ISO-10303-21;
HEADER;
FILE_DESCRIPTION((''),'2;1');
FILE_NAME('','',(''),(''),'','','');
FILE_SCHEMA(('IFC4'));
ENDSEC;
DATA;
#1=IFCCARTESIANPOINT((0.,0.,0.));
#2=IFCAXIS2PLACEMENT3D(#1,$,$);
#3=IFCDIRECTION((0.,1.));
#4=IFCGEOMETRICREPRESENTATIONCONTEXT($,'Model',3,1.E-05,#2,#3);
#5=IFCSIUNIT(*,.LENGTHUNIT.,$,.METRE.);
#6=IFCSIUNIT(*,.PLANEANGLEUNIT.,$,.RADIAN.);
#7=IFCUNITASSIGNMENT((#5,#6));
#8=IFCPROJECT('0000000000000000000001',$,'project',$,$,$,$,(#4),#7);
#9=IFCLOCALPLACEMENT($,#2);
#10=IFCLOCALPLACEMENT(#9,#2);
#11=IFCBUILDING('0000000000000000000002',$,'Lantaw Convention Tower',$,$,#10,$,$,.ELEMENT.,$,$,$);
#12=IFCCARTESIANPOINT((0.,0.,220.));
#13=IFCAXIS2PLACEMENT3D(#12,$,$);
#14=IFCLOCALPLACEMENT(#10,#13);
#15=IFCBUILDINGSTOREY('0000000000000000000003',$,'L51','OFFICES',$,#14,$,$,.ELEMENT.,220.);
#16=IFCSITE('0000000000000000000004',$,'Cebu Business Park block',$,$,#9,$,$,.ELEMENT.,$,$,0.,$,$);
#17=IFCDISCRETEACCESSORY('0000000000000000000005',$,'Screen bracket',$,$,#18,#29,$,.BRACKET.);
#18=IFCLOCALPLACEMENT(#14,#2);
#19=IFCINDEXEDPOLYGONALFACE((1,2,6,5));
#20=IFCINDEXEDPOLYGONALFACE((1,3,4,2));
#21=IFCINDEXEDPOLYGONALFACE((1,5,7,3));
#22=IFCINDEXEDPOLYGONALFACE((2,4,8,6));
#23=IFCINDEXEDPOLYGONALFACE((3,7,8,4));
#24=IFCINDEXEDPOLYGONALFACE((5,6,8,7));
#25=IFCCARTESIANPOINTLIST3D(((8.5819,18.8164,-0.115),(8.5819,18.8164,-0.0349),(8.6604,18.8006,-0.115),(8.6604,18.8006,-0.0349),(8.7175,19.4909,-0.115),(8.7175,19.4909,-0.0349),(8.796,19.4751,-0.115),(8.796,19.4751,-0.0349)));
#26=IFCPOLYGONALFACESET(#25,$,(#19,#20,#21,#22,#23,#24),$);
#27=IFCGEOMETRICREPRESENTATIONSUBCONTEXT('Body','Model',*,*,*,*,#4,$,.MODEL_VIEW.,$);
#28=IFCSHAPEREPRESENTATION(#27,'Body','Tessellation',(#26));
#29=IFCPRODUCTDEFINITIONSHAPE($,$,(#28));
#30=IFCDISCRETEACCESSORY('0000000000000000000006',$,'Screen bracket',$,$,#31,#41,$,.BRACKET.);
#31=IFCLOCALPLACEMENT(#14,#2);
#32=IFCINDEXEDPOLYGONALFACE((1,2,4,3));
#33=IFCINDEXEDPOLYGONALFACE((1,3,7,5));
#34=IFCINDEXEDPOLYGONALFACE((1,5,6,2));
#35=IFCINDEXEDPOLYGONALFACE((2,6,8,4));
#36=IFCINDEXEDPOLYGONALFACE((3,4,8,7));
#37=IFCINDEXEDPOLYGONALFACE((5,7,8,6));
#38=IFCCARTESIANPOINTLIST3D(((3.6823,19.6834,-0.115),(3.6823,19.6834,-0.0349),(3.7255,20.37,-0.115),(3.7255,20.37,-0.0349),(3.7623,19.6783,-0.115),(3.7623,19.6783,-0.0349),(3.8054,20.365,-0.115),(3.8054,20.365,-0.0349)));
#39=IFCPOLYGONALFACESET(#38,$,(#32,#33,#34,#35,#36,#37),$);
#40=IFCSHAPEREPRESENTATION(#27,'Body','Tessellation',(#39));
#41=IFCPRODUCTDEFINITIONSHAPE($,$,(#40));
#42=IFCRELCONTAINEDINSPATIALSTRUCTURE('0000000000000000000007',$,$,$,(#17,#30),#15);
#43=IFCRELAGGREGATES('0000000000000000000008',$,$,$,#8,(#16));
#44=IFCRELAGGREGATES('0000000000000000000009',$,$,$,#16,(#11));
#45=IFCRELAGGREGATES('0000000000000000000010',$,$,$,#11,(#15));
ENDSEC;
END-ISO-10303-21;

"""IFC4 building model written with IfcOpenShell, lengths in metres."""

from ifc_helpers import new_model, si_unit, direction, frame, origin, origin_2d, place, context, subcontext, project, spatial, rectangle, extrude, element, save


model = new_model("IFC4")

# Units and contexts
model_context = context("Model", 3, precision=1e-05, world=origin(), true_north=direction((0.0, 1.0)))
body_context = subcontext(model_context, "Body", "Model", "MODEL_VIEW")
ifc_project = project(units=[si_unit("LENGTHUNIT", "METRE"), si_unit("PLANEANGLEUNIT", "RADIAN")], contexts=[model_context])

# Site, building, storey
site_placement = place(None, origin())
site = spatial("IfcSite", under=ifc_project, at=site_placement, Name="Cebu Business Park block", CompositionType="ELEMENT", RefElevation=0.0)
building_placement = place(site_placement, origin())
building = spatial("IfcBuilding", under=site, at=building_placement, Name="Lantaw Convention Tower", CompositionType="ELEMENT")
storey_placement = place(building_placement, frame((0.0, 0.0, 220.0)))
storey = spatial("IfcBuildingStorey", under=building, at=storey_placement, Name="L51", Description="OFFICES", CompositionType="ELEMENT", Elevation=220.0)

# Discrete accessories
for number, where, z_axis, x_axis, name in (
    (1, (8.689, 19.1458, -0.115), (0.0, 0.0, 1.0), (-0.980367, 0.197183, 0.0), "Screen bracket"),
    (2, (3.7439, 20.0242, -0.115), (0.0, 0.0, 1.0), (-0.998029, 0.062758, 0.0), "Screen bracket"),
):
    element("IfcDiscreteAccessory", number, at=place(storey_placement, frame(where, z_axis=z_axis, x_axis=x_axis)), inside=storey, Name=name, PredefinedType="BRACKET", context=body_context, shape_type="SweptSolid", body=[
        extrude(rectangle(XDim=0.0801, YDim=0.688, at=origin_2d()), origin(), (0.0, 0.0, 1.0), 0.0801),
    ])

save(model, "model.ifc")
